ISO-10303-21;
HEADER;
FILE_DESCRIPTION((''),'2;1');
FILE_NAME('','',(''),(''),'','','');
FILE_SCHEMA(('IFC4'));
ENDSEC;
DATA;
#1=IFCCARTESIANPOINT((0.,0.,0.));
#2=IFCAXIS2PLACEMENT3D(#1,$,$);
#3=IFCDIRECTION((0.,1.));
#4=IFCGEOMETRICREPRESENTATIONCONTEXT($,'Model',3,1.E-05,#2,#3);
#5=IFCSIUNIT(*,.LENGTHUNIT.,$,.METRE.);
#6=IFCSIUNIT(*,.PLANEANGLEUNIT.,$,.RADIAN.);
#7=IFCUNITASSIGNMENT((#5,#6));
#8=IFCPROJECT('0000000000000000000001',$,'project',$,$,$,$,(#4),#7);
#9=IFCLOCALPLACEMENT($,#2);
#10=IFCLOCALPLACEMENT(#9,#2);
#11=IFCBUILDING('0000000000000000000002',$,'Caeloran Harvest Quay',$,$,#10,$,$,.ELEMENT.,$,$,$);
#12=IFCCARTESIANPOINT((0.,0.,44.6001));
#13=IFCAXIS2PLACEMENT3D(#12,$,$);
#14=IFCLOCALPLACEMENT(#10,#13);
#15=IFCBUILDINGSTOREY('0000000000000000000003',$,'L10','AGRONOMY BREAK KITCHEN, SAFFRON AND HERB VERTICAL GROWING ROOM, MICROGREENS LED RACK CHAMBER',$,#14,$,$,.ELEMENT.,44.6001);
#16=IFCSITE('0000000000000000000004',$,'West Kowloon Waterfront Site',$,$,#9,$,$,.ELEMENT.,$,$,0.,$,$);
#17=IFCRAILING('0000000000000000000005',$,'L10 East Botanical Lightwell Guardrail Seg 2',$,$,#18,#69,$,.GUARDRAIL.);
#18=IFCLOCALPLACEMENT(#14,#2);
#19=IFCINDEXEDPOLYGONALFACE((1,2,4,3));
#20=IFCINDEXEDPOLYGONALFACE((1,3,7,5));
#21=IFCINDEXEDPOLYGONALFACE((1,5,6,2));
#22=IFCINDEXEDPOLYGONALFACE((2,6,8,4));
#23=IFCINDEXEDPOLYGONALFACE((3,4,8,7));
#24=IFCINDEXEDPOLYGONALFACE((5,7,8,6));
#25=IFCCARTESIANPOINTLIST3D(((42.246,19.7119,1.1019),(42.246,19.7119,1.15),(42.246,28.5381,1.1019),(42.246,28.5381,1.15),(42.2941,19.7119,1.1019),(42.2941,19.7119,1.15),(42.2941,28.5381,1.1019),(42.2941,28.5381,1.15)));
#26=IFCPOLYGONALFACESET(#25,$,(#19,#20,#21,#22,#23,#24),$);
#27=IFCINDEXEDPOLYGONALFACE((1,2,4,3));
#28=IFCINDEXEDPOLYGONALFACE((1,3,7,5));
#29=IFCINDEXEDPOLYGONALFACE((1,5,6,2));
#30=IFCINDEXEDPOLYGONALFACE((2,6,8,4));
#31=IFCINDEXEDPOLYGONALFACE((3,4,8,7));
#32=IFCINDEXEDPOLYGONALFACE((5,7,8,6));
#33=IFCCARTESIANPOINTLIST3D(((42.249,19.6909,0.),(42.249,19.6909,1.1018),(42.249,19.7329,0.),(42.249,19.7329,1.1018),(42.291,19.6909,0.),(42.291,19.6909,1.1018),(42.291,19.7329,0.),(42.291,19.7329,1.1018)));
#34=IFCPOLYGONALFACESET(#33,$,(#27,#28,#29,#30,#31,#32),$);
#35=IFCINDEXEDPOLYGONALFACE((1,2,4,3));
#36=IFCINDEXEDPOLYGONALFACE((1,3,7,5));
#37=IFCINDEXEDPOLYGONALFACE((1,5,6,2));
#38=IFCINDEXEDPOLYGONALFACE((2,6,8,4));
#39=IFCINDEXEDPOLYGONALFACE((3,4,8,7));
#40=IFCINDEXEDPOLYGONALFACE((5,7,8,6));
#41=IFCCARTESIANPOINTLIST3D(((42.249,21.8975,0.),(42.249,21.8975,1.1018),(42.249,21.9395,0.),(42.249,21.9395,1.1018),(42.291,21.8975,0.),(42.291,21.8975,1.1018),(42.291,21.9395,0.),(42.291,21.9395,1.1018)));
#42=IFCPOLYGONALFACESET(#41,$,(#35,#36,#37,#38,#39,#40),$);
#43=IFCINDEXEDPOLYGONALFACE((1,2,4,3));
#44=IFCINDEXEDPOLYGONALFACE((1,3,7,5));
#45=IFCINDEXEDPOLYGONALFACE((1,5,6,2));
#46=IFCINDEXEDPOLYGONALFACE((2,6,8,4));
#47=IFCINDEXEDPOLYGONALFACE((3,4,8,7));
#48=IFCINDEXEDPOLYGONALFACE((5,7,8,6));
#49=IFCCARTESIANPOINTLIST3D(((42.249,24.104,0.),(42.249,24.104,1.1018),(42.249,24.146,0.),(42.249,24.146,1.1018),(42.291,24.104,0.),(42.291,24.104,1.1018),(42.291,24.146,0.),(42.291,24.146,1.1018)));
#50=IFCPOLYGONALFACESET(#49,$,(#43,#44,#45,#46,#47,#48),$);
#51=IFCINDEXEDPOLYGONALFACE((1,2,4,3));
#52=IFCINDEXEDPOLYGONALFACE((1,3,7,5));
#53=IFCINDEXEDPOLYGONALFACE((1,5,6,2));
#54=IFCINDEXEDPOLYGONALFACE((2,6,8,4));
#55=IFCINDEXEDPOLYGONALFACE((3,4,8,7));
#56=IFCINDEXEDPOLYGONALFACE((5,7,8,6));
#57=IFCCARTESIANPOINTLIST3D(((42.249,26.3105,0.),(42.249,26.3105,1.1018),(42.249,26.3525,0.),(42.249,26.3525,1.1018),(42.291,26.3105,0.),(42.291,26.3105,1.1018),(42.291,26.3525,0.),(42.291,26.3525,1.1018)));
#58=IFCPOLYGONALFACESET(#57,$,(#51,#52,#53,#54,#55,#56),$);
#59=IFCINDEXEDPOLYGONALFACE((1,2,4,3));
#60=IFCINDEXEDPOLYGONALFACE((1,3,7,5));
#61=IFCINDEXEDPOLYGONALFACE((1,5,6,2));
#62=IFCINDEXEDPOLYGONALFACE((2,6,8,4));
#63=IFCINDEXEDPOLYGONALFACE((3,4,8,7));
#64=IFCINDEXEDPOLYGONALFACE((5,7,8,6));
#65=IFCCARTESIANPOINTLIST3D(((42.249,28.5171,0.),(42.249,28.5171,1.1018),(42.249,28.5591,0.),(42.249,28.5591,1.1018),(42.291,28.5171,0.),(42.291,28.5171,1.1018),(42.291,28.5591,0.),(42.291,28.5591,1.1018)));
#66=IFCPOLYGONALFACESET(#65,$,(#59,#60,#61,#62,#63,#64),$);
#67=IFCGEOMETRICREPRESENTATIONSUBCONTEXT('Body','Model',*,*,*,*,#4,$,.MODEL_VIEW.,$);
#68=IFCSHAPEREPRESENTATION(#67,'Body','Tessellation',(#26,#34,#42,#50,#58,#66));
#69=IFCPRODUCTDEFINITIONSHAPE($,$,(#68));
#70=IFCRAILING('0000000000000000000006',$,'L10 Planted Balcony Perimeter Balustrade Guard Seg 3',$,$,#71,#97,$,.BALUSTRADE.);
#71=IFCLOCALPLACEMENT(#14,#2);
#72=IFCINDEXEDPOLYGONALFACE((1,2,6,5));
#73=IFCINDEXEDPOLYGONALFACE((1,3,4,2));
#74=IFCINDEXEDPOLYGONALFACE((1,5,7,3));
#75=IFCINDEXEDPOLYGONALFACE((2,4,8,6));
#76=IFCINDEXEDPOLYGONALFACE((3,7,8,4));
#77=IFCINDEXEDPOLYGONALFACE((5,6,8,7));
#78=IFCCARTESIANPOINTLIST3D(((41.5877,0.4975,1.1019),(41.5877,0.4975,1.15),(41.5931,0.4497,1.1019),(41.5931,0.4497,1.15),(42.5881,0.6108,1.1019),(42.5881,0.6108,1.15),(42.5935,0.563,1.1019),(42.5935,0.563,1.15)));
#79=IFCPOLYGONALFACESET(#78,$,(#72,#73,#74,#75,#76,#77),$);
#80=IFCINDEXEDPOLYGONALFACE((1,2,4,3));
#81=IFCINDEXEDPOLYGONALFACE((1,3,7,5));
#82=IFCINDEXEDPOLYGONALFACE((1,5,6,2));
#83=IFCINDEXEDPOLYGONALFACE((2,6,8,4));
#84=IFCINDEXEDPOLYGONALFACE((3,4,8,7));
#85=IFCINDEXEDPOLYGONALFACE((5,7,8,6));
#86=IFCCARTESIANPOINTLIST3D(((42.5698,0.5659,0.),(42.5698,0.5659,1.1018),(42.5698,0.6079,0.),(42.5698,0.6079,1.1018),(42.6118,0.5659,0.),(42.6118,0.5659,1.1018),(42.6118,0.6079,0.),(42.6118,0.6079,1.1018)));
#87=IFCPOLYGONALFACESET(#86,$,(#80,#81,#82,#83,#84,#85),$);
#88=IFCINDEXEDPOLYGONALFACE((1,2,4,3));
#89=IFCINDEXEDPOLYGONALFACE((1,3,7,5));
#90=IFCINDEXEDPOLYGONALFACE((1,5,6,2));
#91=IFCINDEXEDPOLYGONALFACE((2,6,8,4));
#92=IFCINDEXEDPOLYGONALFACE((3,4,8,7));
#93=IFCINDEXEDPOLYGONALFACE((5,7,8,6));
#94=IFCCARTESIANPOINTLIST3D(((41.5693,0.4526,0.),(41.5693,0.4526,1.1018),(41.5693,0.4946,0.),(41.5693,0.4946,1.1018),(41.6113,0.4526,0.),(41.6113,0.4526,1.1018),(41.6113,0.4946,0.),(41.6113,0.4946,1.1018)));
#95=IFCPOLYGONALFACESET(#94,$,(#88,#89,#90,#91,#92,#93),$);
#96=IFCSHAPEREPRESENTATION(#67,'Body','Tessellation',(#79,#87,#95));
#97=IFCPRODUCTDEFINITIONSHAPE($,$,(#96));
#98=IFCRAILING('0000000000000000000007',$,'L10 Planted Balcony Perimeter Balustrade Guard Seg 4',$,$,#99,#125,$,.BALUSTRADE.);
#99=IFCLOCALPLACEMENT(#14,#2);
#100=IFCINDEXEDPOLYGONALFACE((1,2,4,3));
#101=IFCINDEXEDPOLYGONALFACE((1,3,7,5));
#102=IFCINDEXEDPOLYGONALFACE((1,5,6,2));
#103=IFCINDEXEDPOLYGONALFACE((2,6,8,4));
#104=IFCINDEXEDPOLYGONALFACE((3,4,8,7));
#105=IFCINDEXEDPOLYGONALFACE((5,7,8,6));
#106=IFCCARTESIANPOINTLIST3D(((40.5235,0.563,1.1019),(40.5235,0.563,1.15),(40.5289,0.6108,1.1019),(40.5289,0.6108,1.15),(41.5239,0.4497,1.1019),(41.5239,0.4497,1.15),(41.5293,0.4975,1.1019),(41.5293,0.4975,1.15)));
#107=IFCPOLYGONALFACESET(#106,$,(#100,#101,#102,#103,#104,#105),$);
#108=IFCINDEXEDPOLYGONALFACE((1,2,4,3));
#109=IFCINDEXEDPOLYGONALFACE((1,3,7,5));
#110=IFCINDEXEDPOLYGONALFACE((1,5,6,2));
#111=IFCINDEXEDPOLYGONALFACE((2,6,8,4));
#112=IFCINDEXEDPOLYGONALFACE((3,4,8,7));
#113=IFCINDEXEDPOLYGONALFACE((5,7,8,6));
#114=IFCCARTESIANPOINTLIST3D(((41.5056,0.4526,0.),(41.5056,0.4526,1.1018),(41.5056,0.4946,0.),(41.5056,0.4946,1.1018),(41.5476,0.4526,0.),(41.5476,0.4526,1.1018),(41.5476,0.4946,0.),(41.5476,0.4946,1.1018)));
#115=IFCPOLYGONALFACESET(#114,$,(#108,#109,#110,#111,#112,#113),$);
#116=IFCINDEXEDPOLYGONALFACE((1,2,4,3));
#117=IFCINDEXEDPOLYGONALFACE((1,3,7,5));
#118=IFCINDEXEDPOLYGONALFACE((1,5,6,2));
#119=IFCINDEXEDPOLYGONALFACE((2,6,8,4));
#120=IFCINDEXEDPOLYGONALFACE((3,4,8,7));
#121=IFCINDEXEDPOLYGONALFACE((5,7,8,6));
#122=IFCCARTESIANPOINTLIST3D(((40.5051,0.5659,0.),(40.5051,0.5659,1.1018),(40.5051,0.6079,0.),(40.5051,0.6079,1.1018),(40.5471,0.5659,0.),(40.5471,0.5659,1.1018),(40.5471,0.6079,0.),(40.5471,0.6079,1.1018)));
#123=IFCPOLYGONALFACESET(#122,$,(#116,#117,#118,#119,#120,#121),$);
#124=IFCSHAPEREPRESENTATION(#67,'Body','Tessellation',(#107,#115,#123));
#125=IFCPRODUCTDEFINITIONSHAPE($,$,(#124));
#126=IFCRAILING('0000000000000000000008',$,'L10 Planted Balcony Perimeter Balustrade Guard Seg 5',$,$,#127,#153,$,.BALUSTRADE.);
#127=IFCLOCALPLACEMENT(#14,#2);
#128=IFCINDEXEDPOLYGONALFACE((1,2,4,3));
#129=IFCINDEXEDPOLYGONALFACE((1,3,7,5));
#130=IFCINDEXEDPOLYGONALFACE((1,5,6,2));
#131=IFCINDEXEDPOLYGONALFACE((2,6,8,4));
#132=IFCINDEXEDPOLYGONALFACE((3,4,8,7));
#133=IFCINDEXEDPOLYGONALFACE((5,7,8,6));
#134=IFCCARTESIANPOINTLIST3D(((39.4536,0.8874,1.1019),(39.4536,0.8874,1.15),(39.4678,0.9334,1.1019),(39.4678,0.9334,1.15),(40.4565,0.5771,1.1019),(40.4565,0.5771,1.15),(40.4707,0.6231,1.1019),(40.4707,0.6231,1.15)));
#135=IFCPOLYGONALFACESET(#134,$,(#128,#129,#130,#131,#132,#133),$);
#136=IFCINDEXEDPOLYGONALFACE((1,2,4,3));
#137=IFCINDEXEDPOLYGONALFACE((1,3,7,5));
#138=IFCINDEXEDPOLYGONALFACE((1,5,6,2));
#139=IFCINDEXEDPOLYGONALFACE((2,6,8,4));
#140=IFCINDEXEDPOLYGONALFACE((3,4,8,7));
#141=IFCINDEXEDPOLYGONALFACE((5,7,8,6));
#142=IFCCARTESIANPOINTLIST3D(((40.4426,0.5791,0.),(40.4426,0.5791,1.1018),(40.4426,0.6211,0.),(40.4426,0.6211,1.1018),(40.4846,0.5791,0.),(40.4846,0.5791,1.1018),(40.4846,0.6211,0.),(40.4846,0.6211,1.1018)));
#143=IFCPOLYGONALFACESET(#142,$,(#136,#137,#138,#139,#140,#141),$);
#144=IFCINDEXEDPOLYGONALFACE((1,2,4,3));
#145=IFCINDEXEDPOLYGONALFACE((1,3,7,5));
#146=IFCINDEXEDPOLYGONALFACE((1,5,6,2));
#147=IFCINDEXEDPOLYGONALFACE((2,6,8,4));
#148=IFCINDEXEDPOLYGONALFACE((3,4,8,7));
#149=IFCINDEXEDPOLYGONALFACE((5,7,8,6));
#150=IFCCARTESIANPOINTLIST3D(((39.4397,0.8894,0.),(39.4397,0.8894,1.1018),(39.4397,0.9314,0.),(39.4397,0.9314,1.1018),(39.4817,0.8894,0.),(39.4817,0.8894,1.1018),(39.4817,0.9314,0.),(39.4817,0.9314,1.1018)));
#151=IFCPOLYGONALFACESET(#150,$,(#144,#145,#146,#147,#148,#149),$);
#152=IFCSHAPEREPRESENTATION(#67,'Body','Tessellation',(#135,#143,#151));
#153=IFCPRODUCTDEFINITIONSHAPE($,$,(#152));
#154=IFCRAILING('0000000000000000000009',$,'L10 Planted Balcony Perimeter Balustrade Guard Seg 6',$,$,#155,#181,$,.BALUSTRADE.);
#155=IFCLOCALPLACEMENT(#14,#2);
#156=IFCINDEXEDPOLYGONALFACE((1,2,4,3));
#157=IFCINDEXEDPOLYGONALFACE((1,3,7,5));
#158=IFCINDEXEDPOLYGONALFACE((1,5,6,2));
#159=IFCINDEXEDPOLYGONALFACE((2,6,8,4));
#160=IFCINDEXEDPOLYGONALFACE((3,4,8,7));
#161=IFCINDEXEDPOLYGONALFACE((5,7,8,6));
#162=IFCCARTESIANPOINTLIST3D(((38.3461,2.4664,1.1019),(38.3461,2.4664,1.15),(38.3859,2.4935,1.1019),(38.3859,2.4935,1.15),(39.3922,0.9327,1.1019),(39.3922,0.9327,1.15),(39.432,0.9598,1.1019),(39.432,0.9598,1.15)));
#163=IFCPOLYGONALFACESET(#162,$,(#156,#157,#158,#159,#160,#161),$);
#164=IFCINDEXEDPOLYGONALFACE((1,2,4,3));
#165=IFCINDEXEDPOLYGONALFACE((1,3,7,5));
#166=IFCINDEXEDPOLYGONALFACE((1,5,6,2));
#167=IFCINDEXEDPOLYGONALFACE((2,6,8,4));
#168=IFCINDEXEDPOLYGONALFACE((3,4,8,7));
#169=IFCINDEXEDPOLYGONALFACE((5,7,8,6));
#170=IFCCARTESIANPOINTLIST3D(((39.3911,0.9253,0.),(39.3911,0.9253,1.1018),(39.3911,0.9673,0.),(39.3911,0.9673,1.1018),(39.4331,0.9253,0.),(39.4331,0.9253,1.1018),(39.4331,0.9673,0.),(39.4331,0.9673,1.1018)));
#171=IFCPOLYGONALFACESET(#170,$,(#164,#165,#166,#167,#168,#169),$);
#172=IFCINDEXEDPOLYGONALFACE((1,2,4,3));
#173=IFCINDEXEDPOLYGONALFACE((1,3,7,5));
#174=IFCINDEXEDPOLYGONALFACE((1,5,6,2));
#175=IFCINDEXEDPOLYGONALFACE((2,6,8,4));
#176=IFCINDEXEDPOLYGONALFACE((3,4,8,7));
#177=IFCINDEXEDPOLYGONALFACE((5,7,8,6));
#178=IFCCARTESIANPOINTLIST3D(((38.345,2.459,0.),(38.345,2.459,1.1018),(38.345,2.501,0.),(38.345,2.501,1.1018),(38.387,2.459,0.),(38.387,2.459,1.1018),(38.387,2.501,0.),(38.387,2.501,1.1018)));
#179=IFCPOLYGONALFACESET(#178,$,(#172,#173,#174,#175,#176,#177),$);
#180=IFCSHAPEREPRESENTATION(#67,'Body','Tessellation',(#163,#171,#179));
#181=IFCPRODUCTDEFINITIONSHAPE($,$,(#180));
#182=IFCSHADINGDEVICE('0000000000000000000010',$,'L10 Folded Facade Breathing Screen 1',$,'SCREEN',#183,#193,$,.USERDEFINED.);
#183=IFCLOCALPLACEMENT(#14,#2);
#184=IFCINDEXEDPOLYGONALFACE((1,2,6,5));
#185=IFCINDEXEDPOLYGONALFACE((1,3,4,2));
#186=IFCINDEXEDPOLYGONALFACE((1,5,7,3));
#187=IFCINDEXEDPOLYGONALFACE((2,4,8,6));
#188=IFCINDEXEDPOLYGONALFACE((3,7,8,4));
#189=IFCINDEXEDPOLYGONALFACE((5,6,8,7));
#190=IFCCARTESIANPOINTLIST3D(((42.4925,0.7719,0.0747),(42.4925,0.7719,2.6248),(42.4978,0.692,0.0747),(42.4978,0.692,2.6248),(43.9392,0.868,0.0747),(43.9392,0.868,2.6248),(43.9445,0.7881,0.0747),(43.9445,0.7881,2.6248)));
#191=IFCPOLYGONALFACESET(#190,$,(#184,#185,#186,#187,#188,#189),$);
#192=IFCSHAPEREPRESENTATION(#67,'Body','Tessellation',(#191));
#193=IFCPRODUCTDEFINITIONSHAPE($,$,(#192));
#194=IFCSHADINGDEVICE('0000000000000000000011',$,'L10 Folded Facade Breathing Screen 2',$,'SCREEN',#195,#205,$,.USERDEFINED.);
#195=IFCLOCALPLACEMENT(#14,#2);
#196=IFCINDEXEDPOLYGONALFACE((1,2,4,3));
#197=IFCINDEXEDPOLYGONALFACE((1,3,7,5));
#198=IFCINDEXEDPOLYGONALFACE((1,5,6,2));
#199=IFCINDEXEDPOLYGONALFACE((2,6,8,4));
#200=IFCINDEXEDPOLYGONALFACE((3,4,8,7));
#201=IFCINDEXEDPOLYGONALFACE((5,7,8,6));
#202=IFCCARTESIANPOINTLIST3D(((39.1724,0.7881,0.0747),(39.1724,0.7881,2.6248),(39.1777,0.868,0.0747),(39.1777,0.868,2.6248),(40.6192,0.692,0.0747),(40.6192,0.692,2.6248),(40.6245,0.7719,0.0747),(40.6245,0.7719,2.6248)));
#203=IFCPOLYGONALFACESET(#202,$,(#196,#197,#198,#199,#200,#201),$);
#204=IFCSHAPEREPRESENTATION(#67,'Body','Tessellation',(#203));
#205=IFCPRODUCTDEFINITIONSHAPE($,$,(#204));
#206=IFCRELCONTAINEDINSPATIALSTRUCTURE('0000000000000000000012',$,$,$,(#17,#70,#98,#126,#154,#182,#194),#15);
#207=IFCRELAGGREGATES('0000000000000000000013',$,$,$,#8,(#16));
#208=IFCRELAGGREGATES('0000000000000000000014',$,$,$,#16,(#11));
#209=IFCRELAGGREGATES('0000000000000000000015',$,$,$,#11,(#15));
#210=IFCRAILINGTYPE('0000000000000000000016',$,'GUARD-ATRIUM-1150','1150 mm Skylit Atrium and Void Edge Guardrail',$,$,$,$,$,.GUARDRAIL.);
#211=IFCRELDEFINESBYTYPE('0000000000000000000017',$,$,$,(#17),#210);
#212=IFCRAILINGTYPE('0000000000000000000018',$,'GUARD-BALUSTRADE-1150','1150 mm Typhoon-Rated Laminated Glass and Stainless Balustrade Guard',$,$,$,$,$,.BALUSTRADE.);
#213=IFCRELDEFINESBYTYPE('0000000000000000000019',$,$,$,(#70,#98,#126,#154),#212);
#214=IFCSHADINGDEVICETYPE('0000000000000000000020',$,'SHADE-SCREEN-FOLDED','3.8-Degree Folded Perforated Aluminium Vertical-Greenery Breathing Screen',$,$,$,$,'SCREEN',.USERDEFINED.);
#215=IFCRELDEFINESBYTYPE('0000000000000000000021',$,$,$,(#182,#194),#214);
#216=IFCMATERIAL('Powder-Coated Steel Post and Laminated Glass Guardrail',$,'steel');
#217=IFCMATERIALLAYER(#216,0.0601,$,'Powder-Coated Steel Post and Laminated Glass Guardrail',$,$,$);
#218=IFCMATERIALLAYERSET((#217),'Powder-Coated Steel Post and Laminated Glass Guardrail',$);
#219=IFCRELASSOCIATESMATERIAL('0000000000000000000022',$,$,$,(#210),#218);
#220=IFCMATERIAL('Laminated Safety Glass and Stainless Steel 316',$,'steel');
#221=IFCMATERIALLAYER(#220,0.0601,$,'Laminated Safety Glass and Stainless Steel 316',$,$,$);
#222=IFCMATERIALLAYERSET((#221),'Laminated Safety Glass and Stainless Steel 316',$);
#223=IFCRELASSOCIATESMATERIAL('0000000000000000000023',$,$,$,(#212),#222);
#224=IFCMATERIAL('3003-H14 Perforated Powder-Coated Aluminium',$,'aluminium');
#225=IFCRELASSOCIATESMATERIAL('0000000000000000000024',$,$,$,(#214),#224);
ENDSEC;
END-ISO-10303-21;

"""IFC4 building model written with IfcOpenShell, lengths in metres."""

from ifc_helpers import new_model, si_unit, direction, frame, origin, origin_2d, place, context, subcontext, project, spatial, rectangle, extrude, material, layer, layer_set, type_object, element, save


model = new_model("IFC4")

# Units and contexts
model_context = context("Model", 3, precision=1e-05, world=origin(), true_north=direction((0.0, 1.0)))
body_context = subcontext(model_context, "Body", "Model", "MODEL_VIEW")
ifc_project = project(units=[si_unit("LENGTHUNIT", "METRE"), si_unit("PLANEANGLEUNIT", "RADIAN")], contexts=[model_context])

# Site, building, storey
site_placement = place(None, origin())
site = spatial("IfcSite", under=ifc_project, at=site_placement, Name="West Kowloon Waterfront Site", CompositionType="ELEMENT", RefElevation=0.0)
building_placement = place(site_placement, origin())
building = spatial("IfcBuilding", under=site, at=building_placement, Name="Caeloran Harvest Quay", CompositionType="ELEMENT")
storey_placement = place(building_placement, frame((0.0, 0.0, 44.6001)))
storey = spatial("IfcBuildingStorey", under=building, at=storey_placement, Name="L10", Description="AGRONOMY BREAK KITCHEN, SAFFRON AND HERB VERTICAL GROWING ROOM, MICROGREENS LED RACK CHAMBER", CompositionType="ELEMENT", Elevation=44.6001)

# Railings
ifc_material_1 = material(Name="Powder-Coated Steel Post and Laminated Glass Guardrail", Category="steel")
ifc_layer_1 = layer(ifc_material_1, 0.0601, Name="Powder-Coated Steel Post and Laminated Glass Guardrail")
ifc_layer_set_1 = layer_set([ifc_layer_1], Name="Powder-Coated Steel Post and Laminated Glass Guardrail")
railing_type_1 = type_object("IfcRailingType", Name="GUARD-ATRIUM-1150", Description="1150 mm Skylit Atrium and Void Edge Guardrail", PredefinedType="GUARDRAIL", material=ifc_layer_set_1)
railing_1_placement = place(storey_placement, frame((42.27, 19.7119, 0.0)))
element("IfcRailing", 1, at=railing_1_placement, inside=storey, type_object=railing_type_1, Name="L10 East Botanical Lightwell Guardrail Seg 2", PredefinedType="GUARDRAIL", context=body_context, shape_type="SweptSolid", body=[
    extrude(rectangle(XDim=0.0481, YDim=0.0481, at=origin_2d()), frame((0.0, 0.0, 1.126), z_axis=(0.0, 1.0, 0.0), x_axis=(-1.0, 0.0, 0.0)), (0.0, 0.0, 1.0), 8.8262),
    extrude(rectangle(XDim=0.042, YDim=0.042, at=origin_2d()), origin(), (0.0, 0.0, 1.0), 1.1018),
    extrude(rectangle(XDim=0.042, YDim=0.042, at=origin_2d()), frame((0.0, 2.2065, 0.0)), (0.0, 0.0, 1.0), 1.1018),
    extrude(rectangle(XDim=0.042, YDim=0.042, at=origin_2d()), frame((0.0, 4.4131, 0.0)), (0.0, 0.0, 1.0), 1.1018),
    extrude(rectangle(XDim=0.042, YDim=0.042, at=origin_2d()), frame((0.0, 6.6196, 0.0)), (0.0, 0.0, 1.0), 1.1018),
    extrude(rectangle(XDim=0.042, YDim=0.042, at=origin_2d()), frame((0.0, 8.8262, 0.0)), (0.0, 0.0, 1.0), 1.1018),
])
ifc_material_2 = material(Name="Laminated Safety Glass and Stainless Steel 316", Category="steel")
ifc_layer_2 = layer(ifc_material_2, 0.0601, Name="Laminated Safety Glass and Stainless Steel 316")
ifc_layer_set_2 = layer_set([ifc_layer_2], Name="Laminated Safety Glass and Stainless Steel 316")
railing_type_2 = type_object("IfcRailingType", Name="GUARD-BALUSTRADE-1150", Description="1150 mm Typhoon-Rated Laminated Glass and Stainless Balustrade Guard", PredefinedType="BALUSTRADE", material=ifc_layer_set_2)
railing_2_placement = place(storey_placement, frame((42.5908, 0.5869, 0.0)))
element("IfcRailing", 2, at=railing_2_placement, inside=storey, type_object=railing_type_2, Name="L10 Planted Balcony Perimeter Balustrade Guard Seg 3", PredefinedType="BALUSTRADE", context=body_context, shape_type="SweptSolid", body=[
    extrude(rectangle(XDim=0.0481, YDim=0.0481, at=origin_2d()), frame((0.0, 0.0, 1.126), z_axis=(-0.993651, -0.112507, 0.0), x_axis=(0.112507, -0.993651, 0.0)), (0.0, 0.0, 1.0), 1.0068),
    extrude(rectangle(XDim=0.042, YDim=0.042, at=origin_2d()), origin(), (0.0, 0.0, 1.0), 1.1018),
    extrude(rectangle(XDim=0.042, YDim=0.042, at=origin_2d()), frame((-1.0005, -0.1133, 0.0)), (0.0, 0.0, 1.0), 1.1018),
])
railing_3_placement = place(storey_placement, frame((41.5266, 0.4736, 0.0)))
element("IfcRailing", 3, at=railing_3_placement, inside=storey, type_object=railing_type_2, Name="L10 Planted Balcony Perimeter Balustrade Guard Seg 4", PredefinedType="BALUSTRADE", context=body_context, shape_type="SweptSolid", body=[
    extrude(rectangle(XDim=0.0481, YDim=0.0481, at=origin_2d()), frame((0.0, 0.0, 1.126), z_axis=(-0.993651, 0.112507, 0.0), x_axis=(-0.112507, -0.993651, 0.0)), (0.0, 0.0, 1.0), 1.0068),
    extrude(rectangle(XDim=0.042, YDim=0.042, at=origin_2d()), origin(), (0.0, 0.0, 1.0), 1.1018),
    extrude(rectangle(XDim=0.042, YDim=0.042, at=origin_2d()), frame((-1.0005, 0.1133, 0.0)), (0.0, 0.0, 1.0), 1.1018),
])
railing_4_placement = place(storey_placement, frame((40.4636, 0.6001, 0.0)))
element("IfcRailing", 4, at=railing_4_placement, inside=storey, type_object=railing_type_2, Name="L10 Planted Balcony Perimeter Balustrade Guard Seg 5", PredefinedType="BALUSTRADE", context=body_context, shape_type="SweptSolid", body=[
    extrude(rectangle(XDim=0.0481, YDim=0.0481, at=origin_2d()), frame((0.0, 0.0, 1.126), z_axis=(-0.95532, 0.295573, 0.0), x_axis=(-0.295573, -0.95532, 0.0)), (0.0, 0.0, 1.0), 1.0498),
    extrude(rectangle(XDim=0.042, YDim=0.042, at=origin_2d()), origin(), (0.0, 0.0, 1.0), 1.1018),
    extrude(rectangle(XDim=0.042, YDim=0.042, at=origin_2d()), frame((-1.0029, 0.3103, 0.0)), (0.0, 0.0, 1.0), 1.1018),
])
railing_5_placement = place(storey_placement, frame((39.4121, 0.9463, 0.0)))
element("IfcRailing", 5, at=railing_5_placement, inside=storey, type_object=railing_type_2, Name="L10 Planted Balcony Perimeter Balustrade Guard Seg 6", PredefinedType="BALUSTRADE", context=body_context, shape_type="SweptSolid", body=[
    extrude(rectangle(XDim=0.0481, YDim=0.0481, at=origin_2d()), frame((0.0, 0.0, 1.126), z_axis=(-0.5635, 0.826116, 0.0), x_axis=(-0.826116, -0.5635, 0.0)), (0.0, 0.0, 1.0), 1.8564),
    extrude(rectangle(XDim=0.042, YDim=0.042, at=origin_2d()), origin(), (0.0, 0.0, 1.0), 1.1018),
    extrude(rectangle(XDim=0.042, YDim=0.042, at=origin_2d()), frame((-1.0461, 1.5337, 0.0)), (0.0, 0.0, 1.0), 1.1018),
])

# Shading devices
ifc_material_3 = material(Name="3003-H14 Perforated Powder-Coated Aluminium", Category="aluminium")
shading_device_type = type_object("IfcShadingDeviceType", Name="SHADE-SCREEN-FOLDED", Description="3.8-Degree Folded Perforated Aluminium Vertical-Greenery Breathing Screen", ElementType="SCREEN", PredefinedType="USERDEFINED", material=ifc_material_3)
for number, where, z_axis, x_axis, name in (
    (6, (43.2185, 0.78, 0.0747), (0.0, 0.0, 1.0), (0.997801, 0.066274, 0.0), "L10 Folded Facade Breathing Screen 1"),
    (7, (39.8984, 0.78, 0.0747), (0.0, 0.0, 1.0), (0.997801, -0.066274, 0.0), "L10 Folded Facade Breathing Screen 2"),
):
    element("IfcShadingDevice", number, at=place(storey_placement, frame(where, z_axis=z_axis, x_axis=x_axis)), inside=storey, type_object=shading_device_type, Name=name, ObjectType="SCREEN", PredefinedType="USERDEFINED", context=body_context, shape_type="SweptSolid", body=[
        extrude(rectangle(XDim=1.45, YDim=0.0801, at=origin_2d()), origin(), (0.0, 0.0, 1.0), 2.55),
    ])

save(model, "model.ifc")
